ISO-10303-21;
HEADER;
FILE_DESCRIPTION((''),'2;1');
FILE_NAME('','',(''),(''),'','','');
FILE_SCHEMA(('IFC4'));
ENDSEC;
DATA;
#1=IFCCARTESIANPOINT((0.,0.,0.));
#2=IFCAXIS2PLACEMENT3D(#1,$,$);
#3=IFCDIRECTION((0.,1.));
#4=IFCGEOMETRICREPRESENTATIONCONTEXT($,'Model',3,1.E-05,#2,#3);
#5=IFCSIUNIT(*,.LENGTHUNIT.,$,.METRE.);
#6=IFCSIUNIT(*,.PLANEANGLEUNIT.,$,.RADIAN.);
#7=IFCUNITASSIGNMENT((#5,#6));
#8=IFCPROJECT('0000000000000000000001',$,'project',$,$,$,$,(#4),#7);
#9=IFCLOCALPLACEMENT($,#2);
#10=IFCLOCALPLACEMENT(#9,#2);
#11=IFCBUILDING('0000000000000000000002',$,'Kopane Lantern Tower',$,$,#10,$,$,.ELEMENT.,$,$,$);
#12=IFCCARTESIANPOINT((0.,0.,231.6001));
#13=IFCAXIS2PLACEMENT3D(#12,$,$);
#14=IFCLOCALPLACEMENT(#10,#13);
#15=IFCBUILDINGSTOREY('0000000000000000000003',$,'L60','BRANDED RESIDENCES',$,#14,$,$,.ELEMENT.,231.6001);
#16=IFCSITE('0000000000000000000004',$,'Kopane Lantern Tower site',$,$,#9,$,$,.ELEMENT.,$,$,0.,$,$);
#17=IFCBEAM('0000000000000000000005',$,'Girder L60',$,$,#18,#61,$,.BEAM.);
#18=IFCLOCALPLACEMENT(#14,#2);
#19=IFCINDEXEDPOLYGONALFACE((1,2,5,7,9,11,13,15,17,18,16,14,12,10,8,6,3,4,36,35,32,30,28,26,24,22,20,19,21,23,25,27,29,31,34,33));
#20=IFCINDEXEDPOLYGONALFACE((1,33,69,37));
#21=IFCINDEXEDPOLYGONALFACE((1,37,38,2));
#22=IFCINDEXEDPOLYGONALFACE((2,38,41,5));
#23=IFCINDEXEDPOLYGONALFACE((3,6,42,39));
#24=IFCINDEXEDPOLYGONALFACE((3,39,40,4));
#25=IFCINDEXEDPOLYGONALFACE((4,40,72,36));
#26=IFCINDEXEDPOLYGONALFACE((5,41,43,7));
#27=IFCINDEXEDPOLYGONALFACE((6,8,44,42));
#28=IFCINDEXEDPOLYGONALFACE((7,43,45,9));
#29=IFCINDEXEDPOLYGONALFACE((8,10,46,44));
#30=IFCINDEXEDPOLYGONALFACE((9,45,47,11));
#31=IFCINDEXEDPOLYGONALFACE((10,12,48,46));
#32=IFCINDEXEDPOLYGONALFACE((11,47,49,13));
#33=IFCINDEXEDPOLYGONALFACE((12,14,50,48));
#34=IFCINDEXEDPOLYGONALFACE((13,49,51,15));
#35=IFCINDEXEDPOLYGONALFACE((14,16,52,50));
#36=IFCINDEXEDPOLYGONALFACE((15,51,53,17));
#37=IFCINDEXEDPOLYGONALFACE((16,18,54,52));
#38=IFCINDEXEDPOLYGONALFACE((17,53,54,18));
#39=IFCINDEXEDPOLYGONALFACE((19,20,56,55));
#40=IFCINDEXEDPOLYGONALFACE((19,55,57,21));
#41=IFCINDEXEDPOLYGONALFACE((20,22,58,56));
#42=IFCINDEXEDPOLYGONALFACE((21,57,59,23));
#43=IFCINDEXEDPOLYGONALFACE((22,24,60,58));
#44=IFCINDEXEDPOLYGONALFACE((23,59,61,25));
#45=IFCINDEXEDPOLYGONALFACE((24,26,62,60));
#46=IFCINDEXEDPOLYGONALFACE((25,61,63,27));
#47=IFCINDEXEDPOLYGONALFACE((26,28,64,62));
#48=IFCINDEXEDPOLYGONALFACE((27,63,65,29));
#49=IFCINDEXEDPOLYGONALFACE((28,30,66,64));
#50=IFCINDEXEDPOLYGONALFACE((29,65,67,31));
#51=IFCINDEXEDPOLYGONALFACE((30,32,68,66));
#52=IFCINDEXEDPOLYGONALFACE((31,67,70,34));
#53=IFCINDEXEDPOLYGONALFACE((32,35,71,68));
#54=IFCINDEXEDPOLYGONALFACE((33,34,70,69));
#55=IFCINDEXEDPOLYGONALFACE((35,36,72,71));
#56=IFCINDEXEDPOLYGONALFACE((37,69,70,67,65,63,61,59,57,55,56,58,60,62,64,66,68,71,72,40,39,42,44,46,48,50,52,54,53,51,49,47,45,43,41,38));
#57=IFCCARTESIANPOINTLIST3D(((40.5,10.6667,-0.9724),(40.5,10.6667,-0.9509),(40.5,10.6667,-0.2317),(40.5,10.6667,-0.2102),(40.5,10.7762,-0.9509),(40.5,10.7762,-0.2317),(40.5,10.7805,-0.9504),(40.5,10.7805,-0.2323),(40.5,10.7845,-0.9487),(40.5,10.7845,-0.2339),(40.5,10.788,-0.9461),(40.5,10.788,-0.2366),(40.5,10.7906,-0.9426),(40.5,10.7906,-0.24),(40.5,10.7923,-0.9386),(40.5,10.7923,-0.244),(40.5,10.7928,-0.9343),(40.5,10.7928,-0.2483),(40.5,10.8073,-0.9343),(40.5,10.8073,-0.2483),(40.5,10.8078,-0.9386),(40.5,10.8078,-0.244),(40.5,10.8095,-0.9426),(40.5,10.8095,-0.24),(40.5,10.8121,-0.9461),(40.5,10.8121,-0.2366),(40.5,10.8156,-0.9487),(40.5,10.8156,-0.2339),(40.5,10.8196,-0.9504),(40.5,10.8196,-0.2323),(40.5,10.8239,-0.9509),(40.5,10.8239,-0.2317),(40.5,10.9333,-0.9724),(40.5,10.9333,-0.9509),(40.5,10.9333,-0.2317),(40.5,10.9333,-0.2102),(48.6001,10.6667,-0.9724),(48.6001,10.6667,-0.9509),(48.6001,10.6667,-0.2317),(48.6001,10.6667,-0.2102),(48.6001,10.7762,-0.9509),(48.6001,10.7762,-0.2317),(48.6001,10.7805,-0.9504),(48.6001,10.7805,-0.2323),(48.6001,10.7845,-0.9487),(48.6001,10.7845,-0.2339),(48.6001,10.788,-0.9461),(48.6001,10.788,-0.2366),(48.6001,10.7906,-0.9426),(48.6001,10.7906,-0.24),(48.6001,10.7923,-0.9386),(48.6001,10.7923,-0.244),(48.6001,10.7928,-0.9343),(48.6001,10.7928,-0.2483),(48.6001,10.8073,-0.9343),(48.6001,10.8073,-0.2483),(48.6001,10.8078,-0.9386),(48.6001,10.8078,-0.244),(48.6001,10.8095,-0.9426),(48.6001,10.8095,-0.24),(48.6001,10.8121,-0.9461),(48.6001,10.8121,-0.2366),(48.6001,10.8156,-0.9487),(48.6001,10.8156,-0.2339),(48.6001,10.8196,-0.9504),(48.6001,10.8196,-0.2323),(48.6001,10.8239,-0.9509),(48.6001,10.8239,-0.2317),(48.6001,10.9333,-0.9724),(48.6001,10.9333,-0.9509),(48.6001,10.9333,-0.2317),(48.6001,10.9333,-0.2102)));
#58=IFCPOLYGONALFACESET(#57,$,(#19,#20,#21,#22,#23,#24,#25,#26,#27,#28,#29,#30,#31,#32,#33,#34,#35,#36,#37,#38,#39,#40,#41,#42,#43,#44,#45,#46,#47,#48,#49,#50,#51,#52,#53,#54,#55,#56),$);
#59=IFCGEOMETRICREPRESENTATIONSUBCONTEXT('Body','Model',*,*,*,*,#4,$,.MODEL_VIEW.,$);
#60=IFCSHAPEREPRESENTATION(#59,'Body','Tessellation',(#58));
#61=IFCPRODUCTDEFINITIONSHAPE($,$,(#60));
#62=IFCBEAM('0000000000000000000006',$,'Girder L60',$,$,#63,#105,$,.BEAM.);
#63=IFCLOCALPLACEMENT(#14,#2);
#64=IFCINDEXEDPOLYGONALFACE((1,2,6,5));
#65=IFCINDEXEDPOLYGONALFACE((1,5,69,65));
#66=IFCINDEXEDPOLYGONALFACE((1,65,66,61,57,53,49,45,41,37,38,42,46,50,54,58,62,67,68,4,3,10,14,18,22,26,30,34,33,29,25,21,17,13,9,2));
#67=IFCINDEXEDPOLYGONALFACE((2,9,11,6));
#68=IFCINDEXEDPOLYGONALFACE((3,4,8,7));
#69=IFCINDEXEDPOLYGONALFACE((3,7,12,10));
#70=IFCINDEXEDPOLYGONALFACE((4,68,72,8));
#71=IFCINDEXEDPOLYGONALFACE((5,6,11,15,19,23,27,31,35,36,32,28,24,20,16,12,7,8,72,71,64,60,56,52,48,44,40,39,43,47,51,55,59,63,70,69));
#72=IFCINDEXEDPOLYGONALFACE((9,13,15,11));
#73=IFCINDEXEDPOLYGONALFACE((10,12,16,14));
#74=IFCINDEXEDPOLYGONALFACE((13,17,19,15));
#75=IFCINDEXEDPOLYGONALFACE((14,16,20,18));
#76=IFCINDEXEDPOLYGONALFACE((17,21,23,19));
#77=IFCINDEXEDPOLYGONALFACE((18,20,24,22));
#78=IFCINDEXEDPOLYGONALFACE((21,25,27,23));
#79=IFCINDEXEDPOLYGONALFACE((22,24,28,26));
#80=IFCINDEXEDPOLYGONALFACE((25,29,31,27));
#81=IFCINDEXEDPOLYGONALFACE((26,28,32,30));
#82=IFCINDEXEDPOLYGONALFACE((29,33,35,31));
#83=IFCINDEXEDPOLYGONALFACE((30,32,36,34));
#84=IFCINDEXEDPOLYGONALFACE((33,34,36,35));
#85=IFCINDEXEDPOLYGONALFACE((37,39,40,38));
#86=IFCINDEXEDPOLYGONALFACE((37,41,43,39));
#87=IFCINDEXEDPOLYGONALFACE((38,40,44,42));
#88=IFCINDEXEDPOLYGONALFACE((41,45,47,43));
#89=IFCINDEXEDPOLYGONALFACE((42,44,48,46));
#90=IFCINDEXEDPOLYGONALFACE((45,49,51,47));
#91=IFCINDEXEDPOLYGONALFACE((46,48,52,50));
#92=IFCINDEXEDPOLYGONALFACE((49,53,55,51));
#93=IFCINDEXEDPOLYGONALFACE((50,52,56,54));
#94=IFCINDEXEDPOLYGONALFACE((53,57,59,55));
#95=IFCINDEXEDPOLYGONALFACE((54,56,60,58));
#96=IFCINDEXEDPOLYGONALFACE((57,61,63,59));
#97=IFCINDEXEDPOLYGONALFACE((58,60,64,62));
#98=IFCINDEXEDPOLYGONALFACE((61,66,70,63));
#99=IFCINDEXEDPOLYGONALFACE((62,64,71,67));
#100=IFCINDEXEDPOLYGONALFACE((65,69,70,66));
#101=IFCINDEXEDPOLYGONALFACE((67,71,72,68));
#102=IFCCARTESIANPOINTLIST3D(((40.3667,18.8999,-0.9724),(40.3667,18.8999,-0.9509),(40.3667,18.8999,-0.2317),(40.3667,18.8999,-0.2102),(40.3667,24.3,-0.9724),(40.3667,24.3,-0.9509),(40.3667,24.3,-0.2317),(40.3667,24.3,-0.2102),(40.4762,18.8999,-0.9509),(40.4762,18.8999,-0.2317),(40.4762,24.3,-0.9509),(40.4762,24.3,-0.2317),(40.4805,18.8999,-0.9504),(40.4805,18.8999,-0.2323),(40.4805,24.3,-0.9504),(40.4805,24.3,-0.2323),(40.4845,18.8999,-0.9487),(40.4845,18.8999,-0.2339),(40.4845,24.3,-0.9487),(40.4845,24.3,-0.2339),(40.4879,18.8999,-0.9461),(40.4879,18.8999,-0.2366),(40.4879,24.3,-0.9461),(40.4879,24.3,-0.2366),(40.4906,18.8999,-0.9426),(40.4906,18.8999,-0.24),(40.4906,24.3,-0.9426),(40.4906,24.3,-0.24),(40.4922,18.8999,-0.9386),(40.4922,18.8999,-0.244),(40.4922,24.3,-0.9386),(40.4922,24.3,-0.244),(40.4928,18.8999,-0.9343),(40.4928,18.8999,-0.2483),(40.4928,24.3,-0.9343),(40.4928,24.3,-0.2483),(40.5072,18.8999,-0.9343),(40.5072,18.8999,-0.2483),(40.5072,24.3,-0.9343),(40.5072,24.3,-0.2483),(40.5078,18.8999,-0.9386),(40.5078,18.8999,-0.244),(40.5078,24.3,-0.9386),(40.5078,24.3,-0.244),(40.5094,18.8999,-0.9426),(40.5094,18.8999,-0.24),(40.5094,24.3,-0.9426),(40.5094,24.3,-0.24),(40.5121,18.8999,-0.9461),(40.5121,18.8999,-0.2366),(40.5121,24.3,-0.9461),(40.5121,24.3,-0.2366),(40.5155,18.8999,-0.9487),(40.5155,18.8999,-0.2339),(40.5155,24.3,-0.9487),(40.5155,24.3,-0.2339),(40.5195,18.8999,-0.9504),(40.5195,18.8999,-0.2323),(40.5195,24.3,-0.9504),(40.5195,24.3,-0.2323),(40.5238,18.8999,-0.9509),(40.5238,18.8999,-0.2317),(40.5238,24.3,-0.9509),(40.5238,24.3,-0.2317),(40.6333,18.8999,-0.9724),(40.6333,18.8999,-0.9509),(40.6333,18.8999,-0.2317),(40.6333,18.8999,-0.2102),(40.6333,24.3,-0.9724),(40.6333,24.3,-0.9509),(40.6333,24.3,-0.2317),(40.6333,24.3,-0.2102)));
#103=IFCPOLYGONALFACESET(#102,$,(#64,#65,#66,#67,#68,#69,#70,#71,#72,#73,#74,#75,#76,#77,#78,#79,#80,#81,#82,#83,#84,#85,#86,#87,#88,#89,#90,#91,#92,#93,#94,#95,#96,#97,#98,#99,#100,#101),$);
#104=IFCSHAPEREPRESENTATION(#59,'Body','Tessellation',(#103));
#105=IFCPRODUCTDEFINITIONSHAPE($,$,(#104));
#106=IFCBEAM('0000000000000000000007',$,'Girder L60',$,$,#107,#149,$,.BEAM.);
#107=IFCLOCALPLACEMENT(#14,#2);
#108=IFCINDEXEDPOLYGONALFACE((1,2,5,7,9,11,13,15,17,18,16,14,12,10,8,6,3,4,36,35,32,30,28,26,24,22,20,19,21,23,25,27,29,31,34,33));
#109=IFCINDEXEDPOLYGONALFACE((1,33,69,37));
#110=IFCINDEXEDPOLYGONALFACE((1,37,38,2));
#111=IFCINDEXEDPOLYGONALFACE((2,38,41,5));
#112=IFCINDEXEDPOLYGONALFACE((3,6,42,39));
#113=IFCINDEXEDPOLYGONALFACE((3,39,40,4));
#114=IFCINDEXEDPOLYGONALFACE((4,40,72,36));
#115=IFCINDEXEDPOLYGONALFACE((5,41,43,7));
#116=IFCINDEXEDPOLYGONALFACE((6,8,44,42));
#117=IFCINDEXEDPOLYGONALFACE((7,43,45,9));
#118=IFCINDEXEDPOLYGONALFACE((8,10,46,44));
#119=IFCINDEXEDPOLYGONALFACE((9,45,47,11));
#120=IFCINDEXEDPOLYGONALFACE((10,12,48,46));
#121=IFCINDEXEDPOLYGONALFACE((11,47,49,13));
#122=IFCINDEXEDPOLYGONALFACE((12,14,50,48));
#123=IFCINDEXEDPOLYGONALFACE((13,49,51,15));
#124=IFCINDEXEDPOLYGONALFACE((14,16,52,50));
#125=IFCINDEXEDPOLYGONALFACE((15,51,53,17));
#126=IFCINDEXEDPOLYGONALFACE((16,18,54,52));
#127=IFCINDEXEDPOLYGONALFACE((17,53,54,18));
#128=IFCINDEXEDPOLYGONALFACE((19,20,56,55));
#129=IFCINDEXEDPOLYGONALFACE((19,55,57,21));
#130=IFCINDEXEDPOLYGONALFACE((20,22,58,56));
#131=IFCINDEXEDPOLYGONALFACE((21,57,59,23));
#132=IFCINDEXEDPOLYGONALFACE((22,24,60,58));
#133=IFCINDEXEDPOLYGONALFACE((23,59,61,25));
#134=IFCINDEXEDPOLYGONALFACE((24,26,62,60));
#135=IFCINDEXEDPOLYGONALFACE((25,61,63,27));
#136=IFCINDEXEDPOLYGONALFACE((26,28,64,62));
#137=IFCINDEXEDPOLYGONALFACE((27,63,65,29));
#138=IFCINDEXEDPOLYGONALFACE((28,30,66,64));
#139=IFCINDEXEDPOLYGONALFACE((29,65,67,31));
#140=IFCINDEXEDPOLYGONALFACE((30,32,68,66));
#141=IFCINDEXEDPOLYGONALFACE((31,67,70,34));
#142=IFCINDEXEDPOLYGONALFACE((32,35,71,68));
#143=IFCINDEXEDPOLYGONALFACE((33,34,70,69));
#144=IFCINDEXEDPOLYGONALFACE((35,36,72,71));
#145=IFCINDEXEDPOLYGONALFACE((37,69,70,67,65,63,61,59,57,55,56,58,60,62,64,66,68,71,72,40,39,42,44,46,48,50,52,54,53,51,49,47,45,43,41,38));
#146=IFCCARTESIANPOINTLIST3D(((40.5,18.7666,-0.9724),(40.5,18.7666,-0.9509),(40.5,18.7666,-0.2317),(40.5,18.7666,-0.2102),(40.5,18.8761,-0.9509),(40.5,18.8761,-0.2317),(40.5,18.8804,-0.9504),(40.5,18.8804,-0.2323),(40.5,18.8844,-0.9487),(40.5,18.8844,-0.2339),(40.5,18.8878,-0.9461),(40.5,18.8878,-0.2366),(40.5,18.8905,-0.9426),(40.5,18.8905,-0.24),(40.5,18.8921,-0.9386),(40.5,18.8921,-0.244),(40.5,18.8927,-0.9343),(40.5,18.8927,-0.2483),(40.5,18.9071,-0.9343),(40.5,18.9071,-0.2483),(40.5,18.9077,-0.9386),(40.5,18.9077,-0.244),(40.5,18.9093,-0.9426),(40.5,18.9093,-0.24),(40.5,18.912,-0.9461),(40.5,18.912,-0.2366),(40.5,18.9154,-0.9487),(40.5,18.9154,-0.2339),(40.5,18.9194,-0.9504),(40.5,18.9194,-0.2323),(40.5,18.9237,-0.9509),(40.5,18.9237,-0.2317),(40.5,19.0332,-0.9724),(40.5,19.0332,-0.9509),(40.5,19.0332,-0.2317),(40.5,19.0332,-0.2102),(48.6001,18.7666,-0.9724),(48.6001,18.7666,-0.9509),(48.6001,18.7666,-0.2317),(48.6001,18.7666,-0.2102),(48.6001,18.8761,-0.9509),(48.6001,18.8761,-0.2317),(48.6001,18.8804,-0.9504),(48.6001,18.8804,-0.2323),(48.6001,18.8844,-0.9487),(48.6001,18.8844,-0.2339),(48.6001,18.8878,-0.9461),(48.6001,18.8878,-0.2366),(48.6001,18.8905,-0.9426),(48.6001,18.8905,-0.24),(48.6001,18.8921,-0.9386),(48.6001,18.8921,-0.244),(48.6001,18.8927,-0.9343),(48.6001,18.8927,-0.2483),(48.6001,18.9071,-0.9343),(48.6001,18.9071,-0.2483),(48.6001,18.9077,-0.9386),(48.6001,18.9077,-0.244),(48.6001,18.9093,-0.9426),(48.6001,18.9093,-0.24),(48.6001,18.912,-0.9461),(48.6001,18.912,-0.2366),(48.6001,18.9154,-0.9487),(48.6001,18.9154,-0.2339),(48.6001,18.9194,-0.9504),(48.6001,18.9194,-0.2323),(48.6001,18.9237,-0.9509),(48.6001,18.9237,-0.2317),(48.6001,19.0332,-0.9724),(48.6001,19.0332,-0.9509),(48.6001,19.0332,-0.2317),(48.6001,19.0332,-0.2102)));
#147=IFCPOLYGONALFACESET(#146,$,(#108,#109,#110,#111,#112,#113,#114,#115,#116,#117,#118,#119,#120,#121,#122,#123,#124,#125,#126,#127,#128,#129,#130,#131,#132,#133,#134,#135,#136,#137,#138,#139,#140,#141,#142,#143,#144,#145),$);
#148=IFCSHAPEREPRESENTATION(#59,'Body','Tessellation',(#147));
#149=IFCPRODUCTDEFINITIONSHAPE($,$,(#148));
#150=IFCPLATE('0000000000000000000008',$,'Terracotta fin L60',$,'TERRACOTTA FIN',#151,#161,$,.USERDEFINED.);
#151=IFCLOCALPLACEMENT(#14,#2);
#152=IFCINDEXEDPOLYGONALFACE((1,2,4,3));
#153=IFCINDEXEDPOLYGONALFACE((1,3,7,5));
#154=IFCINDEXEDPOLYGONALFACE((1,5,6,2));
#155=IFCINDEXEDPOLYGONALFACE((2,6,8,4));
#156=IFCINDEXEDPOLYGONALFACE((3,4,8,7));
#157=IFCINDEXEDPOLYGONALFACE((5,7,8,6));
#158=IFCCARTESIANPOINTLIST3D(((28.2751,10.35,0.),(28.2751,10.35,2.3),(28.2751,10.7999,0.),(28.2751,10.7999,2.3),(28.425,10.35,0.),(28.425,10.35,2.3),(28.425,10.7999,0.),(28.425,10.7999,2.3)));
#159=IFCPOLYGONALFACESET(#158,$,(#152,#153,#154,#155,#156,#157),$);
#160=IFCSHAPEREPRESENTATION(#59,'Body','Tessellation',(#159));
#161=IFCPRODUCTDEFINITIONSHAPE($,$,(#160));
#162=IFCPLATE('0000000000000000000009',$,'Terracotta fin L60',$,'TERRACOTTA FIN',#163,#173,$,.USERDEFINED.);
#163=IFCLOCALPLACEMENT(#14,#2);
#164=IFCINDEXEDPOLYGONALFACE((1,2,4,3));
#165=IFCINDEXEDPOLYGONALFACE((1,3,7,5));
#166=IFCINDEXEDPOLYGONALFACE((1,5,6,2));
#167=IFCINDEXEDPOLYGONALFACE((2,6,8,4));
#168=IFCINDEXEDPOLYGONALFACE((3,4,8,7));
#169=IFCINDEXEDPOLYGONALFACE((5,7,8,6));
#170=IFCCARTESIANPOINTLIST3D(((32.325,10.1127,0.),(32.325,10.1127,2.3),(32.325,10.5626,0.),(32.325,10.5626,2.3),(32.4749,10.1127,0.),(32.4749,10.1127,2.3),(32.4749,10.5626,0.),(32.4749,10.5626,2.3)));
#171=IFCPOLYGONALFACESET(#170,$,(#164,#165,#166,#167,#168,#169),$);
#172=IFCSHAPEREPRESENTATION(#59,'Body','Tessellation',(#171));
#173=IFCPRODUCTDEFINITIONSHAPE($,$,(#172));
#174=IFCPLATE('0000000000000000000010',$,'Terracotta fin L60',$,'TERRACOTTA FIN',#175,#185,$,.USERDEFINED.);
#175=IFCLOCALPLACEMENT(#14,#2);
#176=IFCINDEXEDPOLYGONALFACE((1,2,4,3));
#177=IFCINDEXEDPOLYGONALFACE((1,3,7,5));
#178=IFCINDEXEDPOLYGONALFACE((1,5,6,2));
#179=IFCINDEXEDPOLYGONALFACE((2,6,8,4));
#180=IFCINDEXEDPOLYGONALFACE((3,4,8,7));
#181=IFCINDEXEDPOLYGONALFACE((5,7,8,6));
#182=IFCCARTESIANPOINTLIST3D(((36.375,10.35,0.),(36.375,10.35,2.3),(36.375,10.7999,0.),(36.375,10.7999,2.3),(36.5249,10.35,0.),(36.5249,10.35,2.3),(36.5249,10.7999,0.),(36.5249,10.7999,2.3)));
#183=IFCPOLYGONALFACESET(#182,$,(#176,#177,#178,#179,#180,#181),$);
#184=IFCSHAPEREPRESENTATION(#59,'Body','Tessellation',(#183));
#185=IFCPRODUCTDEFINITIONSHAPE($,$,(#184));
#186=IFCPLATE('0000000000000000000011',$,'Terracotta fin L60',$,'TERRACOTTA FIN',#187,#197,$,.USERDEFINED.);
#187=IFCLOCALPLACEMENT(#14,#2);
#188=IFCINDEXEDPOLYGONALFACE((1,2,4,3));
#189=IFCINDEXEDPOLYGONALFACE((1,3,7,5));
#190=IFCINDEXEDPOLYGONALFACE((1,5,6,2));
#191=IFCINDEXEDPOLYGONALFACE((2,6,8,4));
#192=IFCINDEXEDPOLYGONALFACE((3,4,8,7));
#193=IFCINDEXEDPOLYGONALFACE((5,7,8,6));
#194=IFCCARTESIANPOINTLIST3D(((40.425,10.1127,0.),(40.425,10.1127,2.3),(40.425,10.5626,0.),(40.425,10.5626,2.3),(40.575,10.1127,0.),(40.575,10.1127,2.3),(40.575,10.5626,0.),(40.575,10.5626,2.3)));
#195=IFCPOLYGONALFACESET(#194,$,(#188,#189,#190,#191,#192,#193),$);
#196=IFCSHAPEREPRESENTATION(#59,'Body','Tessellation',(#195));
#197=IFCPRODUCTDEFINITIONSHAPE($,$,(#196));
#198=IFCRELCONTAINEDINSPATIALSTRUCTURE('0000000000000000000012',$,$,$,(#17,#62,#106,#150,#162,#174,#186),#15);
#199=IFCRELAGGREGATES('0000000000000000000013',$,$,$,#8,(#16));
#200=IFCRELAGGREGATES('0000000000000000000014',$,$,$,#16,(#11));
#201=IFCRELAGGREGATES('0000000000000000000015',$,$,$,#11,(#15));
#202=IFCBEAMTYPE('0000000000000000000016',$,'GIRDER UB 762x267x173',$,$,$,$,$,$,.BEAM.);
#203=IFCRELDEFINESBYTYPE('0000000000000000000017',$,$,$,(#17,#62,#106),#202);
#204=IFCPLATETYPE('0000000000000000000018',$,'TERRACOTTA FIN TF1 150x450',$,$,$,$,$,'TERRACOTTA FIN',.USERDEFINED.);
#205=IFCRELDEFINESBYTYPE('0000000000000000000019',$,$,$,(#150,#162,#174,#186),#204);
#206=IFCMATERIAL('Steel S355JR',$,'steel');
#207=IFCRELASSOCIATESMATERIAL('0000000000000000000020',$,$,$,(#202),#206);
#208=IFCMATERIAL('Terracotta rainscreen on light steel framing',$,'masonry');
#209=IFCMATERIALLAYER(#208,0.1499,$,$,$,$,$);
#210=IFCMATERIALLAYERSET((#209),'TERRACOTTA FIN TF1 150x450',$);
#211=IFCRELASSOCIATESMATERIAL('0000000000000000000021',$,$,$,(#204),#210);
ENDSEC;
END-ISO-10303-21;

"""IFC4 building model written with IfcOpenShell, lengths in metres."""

from ifc_helpers import new_model, si_unit, direction, frame, origin, origin_2d, place, context, subcontext, project, spatial, rectangle, i_section, extrude, material, layer, layer_set, material_profile, profile_set, type_object, element, save


model = new_model("IFC4")

# Units and contexts
model_context = context("Model", 3, precision=1e-05, world=origin(), true_north=direction((0.0, 1.0)))
body_context = subcontext(model_context, "Body", "Model", "MODEL_VIEW")
ifc_project = project(units=[si_unit("LENGTHUNIT", "METRE"), si_unit("PLANEANGLEUNIT", "RADIAN")], contexts=[model_context])

# Site, building, storey
site_placement = place(None, origin())
site = spatial("IfcSite", under=ifc_project, at=site_placement, Name="Kopane Lantern Tower site", CompositionType="ELEMENT", RefElevation=0.0)
building_placement = place(site_placement, origin())
building = spatial("IfcBuilding", under=site, at=building_placement, Name="Kopane Lantern Tower", CompositionType="ELEMENT")
storey_placement = place(building_placement, frame((0.0, 0.0, 231.6001)))
storey = spatial("IfcBuildingStorey", under=building, at=storey_placement, Name="L60", Description="BRANDED RESIDENCES", CompositionType="ELEMENT", Elevation=231.6001)

# Beams
ifc_material_1 = material(Name="Steel S355JR", Category="steel")
ifc_material_profile_1 = material_profile(ifc_material_1, i_section(OverallWidth=0.2666, OverallDepth=0.7622, WebThickness=0.0144, FlangeThickness=0.0215, FilletRadius=0.0166, at=origin_2d()), Name="UB 762x267x173")
ifc_profile_set_1 = profile_set([ifc_material_profile_1], Name="Steel S355JR")
beam_type = type_object("IfcBeamType", Name="GIRDER UB 762x267x173", PredefinedType="BEAM", material=ifc_profile_set_1)
beam_1_placement = place(storey_placement, frame((40.5, 10.8, -0.5913), z_axis=(1.0, 0.0, 0.0), x_axis=(0.0, 1.0, 0.0)))
element("IfcBeam", 1, at=beam_1_placement, inside=storey, type_object=beam_type, Name="Girder L60", PredefinedType="BEAM", context=body_context, shape_type="SweptSolid", body=[
    extrude(i_section(OverallWidth=0.2666, OverallDepth=0.7622, WebThickness=0.0144, FlangeThickness=0.0215, FilletRadius=0.0166, at=origin_2d()), origin(), (0.0, 0.0, 1.0), 8.1001),
])
beam_2_placement = place(storey_placement, frame((40.5, 18.8999, -0.5913), z_axis=(0.0, 1.0, 0.0), x_axis=(-1.0, 0.0, 0.0)))
element("IfcBeam", 2, at=beam_2_placement, inside=storey, type_object=beam_type, Name="Girder L60", PredefinedType="BEAM", context=body_context, shape_type="SweptSolid", body=[
    extrude(i_section(OverallWidth=0.2666, OverallDepth=0.7622, WebThickness=0.0144, FlangeThickness=0.0215, FilletRadius=0.0166, at=origin_2d()), origin(), (0.0, 0.0, 1.0), 5.4001),
])
beam_3_placement = place(storey_placement, frame((40.5, 18.8999, -0.5913), z_axis=(1.0, 0.0, 0.0), x_axis=(0.0, 1.0, 0.0)))
element("IfcBeam", 3, at=beam_3_placement, inside=storey, type_object=beam_type, Name="Girder L60", PredefinedType="BEAM", context=body_context, shape_type="SweptSolid", body=[
    extrude(i_section(OverallWidth=0.2666, OverallDepth=0.7622, WebThickness=0.0144, FlangeThickness=0.0215, FilletRadius=0.0166, at=origin_2d()), origin(), (0.0, 0.0, 1.0), 8.1001),
])

# Plates
ifc_material_2 = material(Name="Terracotta rainscreen on light steel framing", Category="masonry")
ifc_layer_1 = layer(ifc_material_2, 0.1499)
ifc_layer_set_1 = layer_set([ifc_layer_1], Name="TERRACOTTA FIN TF1 150x450")
plate_type = type_object("IfcPlateType", Name="TERRACOTTA FIN TF1 150x450", ElementType="TERRACOTTA FIN", PredefinedType="USERDEFINED", material=ifc_layer_set_1)
for number, where, z_axis, x_axis, name in (
    (4, (28.3501, 10.575, 0.0), (0.0, 0.0, 1.0), (1.0, 0.0, 0.0), "Terracotta fin L60"),
    (5, (32.3999, 10.3376, 0.0), (0.0, 0.0, 1.0), (1.0, 0.0, 0.0), "Terracotta fin L60"),
    (6, (36.45, 10.575, 0.0), (0.0, 0.0, 1.0), (1.0, 0.0, 0.0), "Terracotta fin L60"),
    (7, (40.5, 10.3376, 0.0), (0.0, 0.0, 1.0), (1.0, 0.0, 0.0), "Terracotta fin L60"),
):
    element("IfcPlate", number, at=place(storey_placement, frame(where, z_axis=z_axis, x_axis=x_axis)), inside=storey, type_object=plate_type, Name=name, ObjectType="TERRACOTTA FIN", PredefinedType="USERDEFINED", context=body_context, shape_type="SweptSolid", body=[
        extrude(rectangle(XDim=0.1499, YDim=0.45, at=origin_2d()), origin(), (0.0, 0.0, 1.0), 2.3),
    ])

save(model, "model.ifc")
